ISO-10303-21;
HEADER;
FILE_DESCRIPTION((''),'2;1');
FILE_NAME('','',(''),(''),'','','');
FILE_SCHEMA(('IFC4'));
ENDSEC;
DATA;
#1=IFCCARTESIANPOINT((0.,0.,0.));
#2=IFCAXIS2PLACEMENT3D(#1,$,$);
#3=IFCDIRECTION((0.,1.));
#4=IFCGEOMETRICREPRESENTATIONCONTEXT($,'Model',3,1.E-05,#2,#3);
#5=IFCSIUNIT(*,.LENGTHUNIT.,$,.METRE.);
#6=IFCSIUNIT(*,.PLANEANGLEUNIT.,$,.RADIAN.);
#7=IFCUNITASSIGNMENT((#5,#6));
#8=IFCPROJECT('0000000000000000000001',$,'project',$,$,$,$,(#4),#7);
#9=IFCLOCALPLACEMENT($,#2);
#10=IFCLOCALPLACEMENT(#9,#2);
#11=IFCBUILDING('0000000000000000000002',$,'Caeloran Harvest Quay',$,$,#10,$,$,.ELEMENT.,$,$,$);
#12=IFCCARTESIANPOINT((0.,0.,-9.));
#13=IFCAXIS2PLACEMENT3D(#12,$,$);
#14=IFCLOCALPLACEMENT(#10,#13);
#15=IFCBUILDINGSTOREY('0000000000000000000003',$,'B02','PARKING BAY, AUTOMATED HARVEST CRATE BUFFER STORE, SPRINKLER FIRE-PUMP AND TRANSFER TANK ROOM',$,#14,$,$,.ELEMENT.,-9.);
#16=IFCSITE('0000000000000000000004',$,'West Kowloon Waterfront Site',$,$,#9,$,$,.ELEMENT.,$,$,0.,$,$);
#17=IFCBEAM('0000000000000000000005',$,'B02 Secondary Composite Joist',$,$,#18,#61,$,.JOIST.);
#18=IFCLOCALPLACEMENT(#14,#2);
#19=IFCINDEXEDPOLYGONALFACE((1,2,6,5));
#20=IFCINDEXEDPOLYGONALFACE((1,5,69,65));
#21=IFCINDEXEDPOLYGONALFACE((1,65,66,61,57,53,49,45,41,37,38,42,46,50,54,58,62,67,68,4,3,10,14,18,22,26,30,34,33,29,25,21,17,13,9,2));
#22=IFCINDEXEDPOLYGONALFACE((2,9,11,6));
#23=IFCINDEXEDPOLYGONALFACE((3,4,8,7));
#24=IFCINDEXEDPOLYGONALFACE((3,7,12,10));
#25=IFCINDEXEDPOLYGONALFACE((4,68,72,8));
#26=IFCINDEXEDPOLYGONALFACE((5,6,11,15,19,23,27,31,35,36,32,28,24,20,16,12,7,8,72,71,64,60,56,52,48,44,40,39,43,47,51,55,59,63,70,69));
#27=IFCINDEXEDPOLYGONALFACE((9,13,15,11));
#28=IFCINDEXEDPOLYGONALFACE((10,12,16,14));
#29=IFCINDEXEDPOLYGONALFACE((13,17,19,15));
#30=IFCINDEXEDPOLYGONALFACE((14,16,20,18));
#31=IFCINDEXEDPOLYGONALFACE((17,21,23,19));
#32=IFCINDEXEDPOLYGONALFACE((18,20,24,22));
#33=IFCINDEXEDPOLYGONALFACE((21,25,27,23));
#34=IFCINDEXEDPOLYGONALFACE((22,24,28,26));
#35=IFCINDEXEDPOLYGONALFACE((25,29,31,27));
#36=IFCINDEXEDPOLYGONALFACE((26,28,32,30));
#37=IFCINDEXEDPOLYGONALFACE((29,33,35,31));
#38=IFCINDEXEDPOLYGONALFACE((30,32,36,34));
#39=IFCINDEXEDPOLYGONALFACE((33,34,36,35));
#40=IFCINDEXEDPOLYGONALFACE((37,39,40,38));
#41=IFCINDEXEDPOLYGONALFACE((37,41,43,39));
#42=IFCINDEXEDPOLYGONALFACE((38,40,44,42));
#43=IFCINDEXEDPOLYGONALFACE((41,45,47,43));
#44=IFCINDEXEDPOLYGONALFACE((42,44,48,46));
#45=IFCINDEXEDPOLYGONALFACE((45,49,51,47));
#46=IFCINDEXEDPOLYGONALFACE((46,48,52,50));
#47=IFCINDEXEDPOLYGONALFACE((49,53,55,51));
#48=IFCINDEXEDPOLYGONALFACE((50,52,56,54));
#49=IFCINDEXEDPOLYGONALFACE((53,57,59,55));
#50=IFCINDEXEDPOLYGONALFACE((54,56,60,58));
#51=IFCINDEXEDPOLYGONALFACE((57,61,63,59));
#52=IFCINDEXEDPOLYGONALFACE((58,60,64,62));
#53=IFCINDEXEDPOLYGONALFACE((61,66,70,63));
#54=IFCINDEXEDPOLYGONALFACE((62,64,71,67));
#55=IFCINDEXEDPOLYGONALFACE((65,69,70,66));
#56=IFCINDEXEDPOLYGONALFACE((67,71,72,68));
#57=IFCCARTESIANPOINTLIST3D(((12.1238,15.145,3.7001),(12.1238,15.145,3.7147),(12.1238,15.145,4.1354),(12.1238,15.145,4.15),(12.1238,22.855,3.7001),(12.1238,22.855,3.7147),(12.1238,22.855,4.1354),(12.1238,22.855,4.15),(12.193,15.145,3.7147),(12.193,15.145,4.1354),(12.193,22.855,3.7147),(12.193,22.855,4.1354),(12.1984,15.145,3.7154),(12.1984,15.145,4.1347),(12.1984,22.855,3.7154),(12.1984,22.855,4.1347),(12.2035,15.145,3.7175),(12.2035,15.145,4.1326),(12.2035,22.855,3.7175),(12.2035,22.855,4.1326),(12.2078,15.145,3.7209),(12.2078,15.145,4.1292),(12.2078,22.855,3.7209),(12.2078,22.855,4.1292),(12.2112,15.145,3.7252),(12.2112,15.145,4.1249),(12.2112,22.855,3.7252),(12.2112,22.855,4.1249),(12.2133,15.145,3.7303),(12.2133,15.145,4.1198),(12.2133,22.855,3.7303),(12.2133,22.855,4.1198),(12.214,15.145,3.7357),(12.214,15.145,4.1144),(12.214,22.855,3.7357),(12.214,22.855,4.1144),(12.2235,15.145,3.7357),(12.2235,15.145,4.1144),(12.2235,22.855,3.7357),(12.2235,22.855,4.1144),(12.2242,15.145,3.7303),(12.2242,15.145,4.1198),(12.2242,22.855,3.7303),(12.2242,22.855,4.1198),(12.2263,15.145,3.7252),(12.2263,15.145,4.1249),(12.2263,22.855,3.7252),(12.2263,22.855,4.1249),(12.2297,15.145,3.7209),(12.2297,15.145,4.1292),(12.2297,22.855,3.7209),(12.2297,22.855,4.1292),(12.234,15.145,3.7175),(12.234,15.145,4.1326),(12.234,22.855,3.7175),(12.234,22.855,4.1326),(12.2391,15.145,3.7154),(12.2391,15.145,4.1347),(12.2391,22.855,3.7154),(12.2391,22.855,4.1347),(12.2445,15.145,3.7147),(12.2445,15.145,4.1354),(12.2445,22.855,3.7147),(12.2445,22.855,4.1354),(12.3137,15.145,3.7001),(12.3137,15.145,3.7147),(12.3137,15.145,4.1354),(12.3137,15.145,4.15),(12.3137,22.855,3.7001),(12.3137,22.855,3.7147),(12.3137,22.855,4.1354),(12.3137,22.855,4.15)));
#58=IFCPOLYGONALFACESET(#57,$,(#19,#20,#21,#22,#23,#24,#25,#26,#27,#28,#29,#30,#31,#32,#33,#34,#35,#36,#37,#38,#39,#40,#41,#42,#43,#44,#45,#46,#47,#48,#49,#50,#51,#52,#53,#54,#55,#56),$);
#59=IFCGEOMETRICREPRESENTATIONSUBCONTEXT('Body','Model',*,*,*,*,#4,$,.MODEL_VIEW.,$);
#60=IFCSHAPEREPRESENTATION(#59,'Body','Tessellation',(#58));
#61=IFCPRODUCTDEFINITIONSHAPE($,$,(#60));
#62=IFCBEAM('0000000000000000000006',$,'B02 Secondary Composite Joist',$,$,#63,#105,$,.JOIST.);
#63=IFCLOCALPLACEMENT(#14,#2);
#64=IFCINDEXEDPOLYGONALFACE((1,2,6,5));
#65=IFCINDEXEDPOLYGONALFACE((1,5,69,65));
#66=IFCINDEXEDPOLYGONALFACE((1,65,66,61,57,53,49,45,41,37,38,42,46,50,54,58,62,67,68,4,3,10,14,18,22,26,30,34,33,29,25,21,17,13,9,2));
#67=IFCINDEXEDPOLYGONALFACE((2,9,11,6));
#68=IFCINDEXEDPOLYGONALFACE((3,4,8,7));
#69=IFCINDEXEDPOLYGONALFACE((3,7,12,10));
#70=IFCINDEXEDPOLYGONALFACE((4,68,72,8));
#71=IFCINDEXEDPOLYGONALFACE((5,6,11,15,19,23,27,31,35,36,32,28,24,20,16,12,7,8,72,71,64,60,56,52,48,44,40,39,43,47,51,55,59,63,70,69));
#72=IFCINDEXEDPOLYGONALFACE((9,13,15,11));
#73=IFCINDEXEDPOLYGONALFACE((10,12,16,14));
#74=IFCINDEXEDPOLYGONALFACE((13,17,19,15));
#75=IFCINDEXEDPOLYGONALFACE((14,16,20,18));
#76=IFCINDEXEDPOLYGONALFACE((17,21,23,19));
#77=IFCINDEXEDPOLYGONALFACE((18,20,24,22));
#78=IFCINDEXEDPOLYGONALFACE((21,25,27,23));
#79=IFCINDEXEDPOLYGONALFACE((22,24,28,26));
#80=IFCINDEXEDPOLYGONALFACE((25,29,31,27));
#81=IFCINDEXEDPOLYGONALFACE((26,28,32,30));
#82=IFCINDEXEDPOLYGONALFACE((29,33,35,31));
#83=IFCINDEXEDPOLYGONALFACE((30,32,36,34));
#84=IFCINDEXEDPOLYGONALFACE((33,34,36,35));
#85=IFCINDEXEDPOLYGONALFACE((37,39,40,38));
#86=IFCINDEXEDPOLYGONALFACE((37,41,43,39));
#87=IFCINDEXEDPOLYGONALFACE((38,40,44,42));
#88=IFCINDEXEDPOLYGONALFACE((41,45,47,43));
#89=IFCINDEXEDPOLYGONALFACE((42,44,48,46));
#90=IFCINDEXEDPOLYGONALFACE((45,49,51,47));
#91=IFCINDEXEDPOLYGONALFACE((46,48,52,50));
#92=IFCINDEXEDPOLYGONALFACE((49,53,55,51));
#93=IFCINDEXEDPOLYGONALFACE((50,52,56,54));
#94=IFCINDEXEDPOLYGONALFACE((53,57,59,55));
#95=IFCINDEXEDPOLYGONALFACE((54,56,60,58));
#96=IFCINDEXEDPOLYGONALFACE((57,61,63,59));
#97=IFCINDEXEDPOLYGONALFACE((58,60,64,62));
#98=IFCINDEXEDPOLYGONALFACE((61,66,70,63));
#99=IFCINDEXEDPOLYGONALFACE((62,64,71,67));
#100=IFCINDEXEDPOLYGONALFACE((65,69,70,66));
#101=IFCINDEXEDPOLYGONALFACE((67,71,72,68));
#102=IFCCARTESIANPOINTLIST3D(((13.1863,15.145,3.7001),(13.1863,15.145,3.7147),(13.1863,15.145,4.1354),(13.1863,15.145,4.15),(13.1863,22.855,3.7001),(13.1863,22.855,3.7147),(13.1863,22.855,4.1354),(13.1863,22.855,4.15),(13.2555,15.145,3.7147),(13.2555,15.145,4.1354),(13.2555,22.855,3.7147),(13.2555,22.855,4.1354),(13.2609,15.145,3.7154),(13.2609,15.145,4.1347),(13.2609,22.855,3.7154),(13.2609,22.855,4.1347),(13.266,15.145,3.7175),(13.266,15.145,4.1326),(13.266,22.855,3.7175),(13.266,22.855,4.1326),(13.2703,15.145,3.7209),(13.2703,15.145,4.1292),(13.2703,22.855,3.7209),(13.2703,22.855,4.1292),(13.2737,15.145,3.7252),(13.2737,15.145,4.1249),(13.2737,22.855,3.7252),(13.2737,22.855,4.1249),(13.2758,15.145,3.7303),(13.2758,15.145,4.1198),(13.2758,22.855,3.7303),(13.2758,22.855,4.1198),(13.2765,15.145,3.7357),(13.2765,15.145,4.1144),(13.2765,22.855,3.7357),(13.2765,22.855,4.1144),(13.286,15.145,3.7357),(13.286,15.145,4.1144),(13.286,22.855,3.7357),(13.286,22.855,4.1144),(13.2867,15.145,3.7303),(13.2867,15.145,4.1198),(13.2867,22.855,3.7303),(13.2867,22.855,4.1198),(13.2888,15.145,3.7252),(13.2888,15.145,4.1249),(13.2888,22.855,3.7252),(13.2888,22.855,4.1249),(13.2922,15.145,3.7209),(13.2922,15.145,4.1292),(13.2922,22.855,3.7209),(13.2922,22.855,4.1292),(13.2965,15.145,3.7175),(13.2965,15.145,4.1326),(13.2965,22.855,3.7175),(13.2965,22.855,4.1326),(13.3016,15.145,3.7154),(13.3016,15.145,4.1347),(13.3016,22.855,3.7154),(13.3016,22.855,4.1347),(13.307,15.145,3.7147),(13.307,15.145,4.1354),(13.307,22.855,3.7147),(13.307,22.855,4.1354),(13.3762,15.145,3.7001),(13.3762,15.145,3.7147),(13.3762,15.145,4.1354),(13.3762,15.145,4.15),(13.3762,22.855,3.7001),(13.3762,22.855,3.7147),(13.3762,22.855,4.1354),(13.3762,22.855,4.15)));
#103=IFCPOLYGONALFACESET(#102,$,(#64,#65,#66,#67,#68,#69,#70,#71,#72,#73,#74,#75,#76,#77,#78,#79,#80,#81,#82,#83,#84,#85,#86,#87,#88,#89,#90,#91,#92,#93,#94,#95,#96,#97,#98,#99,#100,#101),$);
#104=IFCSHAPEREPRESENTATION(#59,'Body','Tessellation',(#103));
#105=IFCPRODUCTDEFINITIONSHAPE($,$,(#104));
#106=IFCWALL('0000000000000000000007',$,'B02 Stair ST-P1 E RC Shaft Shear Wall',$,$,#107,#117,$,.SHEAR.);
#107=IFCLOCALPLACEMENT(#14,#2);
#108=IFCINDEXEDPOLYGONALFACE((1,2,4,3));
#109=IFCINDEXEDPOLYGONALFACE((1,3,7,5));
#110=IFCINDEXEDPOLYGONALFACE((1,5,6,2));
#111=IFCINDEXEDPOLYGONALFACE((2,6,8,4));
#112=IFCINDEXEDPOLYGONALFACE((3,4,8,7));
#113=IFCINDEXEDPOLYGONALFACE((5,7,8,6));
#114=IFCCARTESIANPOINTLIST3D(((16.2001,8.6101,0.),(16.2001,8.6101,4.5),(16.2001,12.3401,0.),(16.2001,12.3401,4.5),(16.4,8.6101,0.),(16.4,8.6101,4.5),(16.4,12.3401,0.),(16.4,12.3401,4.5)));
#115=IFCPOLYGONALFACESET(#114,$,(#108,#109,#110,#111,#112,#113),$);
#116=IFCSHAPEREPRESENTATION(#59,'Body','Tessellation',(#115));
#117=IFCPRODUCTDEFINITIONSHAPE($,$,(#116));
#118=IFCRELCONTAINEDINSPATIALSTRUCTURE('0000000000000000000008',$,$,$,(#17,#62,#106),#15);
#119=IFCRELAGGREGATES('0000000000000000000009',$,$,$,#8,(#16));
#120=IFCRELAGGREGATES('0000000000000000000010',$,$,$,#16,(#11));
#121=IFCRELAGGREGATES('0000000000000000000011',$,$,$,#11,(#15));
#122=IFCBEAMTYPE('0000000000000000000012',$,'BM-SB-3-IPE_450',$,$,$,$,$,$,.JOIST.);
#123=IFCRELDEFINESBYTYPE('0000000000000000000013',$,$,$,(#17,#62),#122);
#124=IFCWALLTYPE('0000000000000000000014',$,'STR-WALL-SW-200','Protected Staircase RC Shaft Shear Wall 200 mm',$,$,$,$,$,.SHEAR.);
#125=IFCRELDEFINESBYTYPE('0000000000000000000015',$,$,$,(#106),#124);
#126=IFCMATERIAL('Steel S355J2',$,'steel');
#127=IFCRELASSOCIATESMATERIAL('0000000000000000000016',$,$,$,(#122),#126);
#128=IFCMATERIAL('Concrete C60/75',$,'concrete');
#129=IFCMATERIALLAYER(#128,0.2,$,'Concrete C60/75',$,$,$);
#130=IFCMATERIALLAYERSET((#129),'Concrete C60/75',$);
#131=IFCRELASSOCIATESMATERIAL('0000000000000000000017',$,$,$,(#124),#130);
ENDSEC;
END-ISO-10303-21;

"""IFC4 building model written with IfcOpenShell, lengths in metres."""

from ifc_helpers import new_model, si_unit, direction, frame, frame_2d, origin, origin_2d, place, context, subcontext, project, spatial, rectangle, i_section, extrude, material, layer, layer_set, material_profile, profile_set, type_object, element, save


model = new_model("IFC4")

# Units and contexts
model_context = context("Model", 3, precision=1e-05, world=origin(), true_north=direction((0.0, 1.0)))
body_context = subcontext(model_context, "Body", "Model", "MODEL_VIEW")
ifc_project = project(units=[si_unit("LENGTHUNIT", "METRE"), si_unit("PLANEANGLEUNIT", "RADIAN")], contexts=[model_context])

# Site, building, storey
site_placement = place(None, origin())
site = spatial("IfcSite", under=ifc_project, at=site_placement, Name="West Kowloon Waterfront Site", CompositionType="ELEMENT", RefElevation=0.0)
building_placement = place(site_placement, origin())
building = spatial("IfcBuilding", under=site, at=building_placement, Name="Caeloran Harvest Quay", CompositionType="ELEMENT")
storey_placement = place(building_placement, frame((0.0, 0.0, -9.0)))
storey = spatial("IfcBuildingStorey", under=building, at=storey_placement, Name="B02", Description="PARKING BAY, AUTOMATED HARVEST CRATE BUFFER STORE, SPRINKLER FIRE-PUMP AND TRANSFER TANK ROOM", CompositionType="ELEMENT", Elevation=-9.0)

# Beams
ifc_material_1 = material(Name="Steel S355J2", Category="steel")
ifc_material_profile_1 = material_profile(ifc_material_1, i_section(OverallWidth=0.1899, OverallDepth=0.45, WebThickness=0.0095, FlangeThickness=0.0146, FilletRadius=0.021, at=origin_2d()), Name="IPE 450")
ifc_profile_set_1 = profile_set([ifc_material_profile_1], Name="Steel S355J2")
beam_type_1 = type_object("IfcBeamType", Name="BM-SB-3-IPE_450", PredefinedType="JOIST", material=ifc_profile_set_1)
for number, where, z_axis, x_axis, name in (
    (1, (12.2188, 15.145, 3.925), (0.0, 1.0, 0.0), (-1.0, 0.0, 0.0), "B02 Secondary Composite Joist"),
    (2, (13.2812, 15.145, 3.925), (0.0, 1.0, 0.0), (-1.0, 0.0, 0.0), "B02 Secondary Composite Joist"),
):
    element("IfcBeam", number, at=place(storey_placement, frame(where, z_axis=z_axis, x_axis=x_axis)), inside=storey, type_object=beam_type_1, Name=name, PredefinedType="JOIST", context=body_context, shape_type="SweptSolid", body=[
        extrude(i_section(OverallWidth=0.1899, OverallDepth=0.45, WebThickness=0.0095, FlangeThickness=0.0146, FilletRadius=0.021, at=origin_2d()), origin(), (0.0, 0.0, 1.0), 7.71),
    ])

# Wall
ifc_material_2 = material(Name="Concrete C60/75", Category="concrete")
ifc_layer = layer(ifc_material_2, 0.2, Name="Concrete C60/75")
ifc_layer_set = layer_set([ifc_layer], Name="Concrete C60/75")
wall_type = type_object("IfcWallType", Name="STR-WALL-SW-200", Description="Protected Staircase RC Shaft Shear Wall 200 mm", PredefinedType="SHEAR", material=ifc_layer_set)
wall_placement = place(storey_placement, frame((16.3, 8.6101, 0.0), z_axis=(0.0, 0.0, 1.0), x_axis=(0.0, 1.0, 0.0)))
element("IfcWall", 3, at=wall_placement, inside=storey, type_object=wall_type, Name="B02 Stair ST-P1 E RC Shaft Shear Wall", PredefinedType="SHEAR", context=body_context, shape_type="SweptSolid", body=[
    extrude(rectangle(XDim=3.73, YDim=0.2, at=frame_2d((1.865, 0.0))), origin(), (0.0, 0.0, 1.0), 4.5),
])

save(model, "model.ifc")
